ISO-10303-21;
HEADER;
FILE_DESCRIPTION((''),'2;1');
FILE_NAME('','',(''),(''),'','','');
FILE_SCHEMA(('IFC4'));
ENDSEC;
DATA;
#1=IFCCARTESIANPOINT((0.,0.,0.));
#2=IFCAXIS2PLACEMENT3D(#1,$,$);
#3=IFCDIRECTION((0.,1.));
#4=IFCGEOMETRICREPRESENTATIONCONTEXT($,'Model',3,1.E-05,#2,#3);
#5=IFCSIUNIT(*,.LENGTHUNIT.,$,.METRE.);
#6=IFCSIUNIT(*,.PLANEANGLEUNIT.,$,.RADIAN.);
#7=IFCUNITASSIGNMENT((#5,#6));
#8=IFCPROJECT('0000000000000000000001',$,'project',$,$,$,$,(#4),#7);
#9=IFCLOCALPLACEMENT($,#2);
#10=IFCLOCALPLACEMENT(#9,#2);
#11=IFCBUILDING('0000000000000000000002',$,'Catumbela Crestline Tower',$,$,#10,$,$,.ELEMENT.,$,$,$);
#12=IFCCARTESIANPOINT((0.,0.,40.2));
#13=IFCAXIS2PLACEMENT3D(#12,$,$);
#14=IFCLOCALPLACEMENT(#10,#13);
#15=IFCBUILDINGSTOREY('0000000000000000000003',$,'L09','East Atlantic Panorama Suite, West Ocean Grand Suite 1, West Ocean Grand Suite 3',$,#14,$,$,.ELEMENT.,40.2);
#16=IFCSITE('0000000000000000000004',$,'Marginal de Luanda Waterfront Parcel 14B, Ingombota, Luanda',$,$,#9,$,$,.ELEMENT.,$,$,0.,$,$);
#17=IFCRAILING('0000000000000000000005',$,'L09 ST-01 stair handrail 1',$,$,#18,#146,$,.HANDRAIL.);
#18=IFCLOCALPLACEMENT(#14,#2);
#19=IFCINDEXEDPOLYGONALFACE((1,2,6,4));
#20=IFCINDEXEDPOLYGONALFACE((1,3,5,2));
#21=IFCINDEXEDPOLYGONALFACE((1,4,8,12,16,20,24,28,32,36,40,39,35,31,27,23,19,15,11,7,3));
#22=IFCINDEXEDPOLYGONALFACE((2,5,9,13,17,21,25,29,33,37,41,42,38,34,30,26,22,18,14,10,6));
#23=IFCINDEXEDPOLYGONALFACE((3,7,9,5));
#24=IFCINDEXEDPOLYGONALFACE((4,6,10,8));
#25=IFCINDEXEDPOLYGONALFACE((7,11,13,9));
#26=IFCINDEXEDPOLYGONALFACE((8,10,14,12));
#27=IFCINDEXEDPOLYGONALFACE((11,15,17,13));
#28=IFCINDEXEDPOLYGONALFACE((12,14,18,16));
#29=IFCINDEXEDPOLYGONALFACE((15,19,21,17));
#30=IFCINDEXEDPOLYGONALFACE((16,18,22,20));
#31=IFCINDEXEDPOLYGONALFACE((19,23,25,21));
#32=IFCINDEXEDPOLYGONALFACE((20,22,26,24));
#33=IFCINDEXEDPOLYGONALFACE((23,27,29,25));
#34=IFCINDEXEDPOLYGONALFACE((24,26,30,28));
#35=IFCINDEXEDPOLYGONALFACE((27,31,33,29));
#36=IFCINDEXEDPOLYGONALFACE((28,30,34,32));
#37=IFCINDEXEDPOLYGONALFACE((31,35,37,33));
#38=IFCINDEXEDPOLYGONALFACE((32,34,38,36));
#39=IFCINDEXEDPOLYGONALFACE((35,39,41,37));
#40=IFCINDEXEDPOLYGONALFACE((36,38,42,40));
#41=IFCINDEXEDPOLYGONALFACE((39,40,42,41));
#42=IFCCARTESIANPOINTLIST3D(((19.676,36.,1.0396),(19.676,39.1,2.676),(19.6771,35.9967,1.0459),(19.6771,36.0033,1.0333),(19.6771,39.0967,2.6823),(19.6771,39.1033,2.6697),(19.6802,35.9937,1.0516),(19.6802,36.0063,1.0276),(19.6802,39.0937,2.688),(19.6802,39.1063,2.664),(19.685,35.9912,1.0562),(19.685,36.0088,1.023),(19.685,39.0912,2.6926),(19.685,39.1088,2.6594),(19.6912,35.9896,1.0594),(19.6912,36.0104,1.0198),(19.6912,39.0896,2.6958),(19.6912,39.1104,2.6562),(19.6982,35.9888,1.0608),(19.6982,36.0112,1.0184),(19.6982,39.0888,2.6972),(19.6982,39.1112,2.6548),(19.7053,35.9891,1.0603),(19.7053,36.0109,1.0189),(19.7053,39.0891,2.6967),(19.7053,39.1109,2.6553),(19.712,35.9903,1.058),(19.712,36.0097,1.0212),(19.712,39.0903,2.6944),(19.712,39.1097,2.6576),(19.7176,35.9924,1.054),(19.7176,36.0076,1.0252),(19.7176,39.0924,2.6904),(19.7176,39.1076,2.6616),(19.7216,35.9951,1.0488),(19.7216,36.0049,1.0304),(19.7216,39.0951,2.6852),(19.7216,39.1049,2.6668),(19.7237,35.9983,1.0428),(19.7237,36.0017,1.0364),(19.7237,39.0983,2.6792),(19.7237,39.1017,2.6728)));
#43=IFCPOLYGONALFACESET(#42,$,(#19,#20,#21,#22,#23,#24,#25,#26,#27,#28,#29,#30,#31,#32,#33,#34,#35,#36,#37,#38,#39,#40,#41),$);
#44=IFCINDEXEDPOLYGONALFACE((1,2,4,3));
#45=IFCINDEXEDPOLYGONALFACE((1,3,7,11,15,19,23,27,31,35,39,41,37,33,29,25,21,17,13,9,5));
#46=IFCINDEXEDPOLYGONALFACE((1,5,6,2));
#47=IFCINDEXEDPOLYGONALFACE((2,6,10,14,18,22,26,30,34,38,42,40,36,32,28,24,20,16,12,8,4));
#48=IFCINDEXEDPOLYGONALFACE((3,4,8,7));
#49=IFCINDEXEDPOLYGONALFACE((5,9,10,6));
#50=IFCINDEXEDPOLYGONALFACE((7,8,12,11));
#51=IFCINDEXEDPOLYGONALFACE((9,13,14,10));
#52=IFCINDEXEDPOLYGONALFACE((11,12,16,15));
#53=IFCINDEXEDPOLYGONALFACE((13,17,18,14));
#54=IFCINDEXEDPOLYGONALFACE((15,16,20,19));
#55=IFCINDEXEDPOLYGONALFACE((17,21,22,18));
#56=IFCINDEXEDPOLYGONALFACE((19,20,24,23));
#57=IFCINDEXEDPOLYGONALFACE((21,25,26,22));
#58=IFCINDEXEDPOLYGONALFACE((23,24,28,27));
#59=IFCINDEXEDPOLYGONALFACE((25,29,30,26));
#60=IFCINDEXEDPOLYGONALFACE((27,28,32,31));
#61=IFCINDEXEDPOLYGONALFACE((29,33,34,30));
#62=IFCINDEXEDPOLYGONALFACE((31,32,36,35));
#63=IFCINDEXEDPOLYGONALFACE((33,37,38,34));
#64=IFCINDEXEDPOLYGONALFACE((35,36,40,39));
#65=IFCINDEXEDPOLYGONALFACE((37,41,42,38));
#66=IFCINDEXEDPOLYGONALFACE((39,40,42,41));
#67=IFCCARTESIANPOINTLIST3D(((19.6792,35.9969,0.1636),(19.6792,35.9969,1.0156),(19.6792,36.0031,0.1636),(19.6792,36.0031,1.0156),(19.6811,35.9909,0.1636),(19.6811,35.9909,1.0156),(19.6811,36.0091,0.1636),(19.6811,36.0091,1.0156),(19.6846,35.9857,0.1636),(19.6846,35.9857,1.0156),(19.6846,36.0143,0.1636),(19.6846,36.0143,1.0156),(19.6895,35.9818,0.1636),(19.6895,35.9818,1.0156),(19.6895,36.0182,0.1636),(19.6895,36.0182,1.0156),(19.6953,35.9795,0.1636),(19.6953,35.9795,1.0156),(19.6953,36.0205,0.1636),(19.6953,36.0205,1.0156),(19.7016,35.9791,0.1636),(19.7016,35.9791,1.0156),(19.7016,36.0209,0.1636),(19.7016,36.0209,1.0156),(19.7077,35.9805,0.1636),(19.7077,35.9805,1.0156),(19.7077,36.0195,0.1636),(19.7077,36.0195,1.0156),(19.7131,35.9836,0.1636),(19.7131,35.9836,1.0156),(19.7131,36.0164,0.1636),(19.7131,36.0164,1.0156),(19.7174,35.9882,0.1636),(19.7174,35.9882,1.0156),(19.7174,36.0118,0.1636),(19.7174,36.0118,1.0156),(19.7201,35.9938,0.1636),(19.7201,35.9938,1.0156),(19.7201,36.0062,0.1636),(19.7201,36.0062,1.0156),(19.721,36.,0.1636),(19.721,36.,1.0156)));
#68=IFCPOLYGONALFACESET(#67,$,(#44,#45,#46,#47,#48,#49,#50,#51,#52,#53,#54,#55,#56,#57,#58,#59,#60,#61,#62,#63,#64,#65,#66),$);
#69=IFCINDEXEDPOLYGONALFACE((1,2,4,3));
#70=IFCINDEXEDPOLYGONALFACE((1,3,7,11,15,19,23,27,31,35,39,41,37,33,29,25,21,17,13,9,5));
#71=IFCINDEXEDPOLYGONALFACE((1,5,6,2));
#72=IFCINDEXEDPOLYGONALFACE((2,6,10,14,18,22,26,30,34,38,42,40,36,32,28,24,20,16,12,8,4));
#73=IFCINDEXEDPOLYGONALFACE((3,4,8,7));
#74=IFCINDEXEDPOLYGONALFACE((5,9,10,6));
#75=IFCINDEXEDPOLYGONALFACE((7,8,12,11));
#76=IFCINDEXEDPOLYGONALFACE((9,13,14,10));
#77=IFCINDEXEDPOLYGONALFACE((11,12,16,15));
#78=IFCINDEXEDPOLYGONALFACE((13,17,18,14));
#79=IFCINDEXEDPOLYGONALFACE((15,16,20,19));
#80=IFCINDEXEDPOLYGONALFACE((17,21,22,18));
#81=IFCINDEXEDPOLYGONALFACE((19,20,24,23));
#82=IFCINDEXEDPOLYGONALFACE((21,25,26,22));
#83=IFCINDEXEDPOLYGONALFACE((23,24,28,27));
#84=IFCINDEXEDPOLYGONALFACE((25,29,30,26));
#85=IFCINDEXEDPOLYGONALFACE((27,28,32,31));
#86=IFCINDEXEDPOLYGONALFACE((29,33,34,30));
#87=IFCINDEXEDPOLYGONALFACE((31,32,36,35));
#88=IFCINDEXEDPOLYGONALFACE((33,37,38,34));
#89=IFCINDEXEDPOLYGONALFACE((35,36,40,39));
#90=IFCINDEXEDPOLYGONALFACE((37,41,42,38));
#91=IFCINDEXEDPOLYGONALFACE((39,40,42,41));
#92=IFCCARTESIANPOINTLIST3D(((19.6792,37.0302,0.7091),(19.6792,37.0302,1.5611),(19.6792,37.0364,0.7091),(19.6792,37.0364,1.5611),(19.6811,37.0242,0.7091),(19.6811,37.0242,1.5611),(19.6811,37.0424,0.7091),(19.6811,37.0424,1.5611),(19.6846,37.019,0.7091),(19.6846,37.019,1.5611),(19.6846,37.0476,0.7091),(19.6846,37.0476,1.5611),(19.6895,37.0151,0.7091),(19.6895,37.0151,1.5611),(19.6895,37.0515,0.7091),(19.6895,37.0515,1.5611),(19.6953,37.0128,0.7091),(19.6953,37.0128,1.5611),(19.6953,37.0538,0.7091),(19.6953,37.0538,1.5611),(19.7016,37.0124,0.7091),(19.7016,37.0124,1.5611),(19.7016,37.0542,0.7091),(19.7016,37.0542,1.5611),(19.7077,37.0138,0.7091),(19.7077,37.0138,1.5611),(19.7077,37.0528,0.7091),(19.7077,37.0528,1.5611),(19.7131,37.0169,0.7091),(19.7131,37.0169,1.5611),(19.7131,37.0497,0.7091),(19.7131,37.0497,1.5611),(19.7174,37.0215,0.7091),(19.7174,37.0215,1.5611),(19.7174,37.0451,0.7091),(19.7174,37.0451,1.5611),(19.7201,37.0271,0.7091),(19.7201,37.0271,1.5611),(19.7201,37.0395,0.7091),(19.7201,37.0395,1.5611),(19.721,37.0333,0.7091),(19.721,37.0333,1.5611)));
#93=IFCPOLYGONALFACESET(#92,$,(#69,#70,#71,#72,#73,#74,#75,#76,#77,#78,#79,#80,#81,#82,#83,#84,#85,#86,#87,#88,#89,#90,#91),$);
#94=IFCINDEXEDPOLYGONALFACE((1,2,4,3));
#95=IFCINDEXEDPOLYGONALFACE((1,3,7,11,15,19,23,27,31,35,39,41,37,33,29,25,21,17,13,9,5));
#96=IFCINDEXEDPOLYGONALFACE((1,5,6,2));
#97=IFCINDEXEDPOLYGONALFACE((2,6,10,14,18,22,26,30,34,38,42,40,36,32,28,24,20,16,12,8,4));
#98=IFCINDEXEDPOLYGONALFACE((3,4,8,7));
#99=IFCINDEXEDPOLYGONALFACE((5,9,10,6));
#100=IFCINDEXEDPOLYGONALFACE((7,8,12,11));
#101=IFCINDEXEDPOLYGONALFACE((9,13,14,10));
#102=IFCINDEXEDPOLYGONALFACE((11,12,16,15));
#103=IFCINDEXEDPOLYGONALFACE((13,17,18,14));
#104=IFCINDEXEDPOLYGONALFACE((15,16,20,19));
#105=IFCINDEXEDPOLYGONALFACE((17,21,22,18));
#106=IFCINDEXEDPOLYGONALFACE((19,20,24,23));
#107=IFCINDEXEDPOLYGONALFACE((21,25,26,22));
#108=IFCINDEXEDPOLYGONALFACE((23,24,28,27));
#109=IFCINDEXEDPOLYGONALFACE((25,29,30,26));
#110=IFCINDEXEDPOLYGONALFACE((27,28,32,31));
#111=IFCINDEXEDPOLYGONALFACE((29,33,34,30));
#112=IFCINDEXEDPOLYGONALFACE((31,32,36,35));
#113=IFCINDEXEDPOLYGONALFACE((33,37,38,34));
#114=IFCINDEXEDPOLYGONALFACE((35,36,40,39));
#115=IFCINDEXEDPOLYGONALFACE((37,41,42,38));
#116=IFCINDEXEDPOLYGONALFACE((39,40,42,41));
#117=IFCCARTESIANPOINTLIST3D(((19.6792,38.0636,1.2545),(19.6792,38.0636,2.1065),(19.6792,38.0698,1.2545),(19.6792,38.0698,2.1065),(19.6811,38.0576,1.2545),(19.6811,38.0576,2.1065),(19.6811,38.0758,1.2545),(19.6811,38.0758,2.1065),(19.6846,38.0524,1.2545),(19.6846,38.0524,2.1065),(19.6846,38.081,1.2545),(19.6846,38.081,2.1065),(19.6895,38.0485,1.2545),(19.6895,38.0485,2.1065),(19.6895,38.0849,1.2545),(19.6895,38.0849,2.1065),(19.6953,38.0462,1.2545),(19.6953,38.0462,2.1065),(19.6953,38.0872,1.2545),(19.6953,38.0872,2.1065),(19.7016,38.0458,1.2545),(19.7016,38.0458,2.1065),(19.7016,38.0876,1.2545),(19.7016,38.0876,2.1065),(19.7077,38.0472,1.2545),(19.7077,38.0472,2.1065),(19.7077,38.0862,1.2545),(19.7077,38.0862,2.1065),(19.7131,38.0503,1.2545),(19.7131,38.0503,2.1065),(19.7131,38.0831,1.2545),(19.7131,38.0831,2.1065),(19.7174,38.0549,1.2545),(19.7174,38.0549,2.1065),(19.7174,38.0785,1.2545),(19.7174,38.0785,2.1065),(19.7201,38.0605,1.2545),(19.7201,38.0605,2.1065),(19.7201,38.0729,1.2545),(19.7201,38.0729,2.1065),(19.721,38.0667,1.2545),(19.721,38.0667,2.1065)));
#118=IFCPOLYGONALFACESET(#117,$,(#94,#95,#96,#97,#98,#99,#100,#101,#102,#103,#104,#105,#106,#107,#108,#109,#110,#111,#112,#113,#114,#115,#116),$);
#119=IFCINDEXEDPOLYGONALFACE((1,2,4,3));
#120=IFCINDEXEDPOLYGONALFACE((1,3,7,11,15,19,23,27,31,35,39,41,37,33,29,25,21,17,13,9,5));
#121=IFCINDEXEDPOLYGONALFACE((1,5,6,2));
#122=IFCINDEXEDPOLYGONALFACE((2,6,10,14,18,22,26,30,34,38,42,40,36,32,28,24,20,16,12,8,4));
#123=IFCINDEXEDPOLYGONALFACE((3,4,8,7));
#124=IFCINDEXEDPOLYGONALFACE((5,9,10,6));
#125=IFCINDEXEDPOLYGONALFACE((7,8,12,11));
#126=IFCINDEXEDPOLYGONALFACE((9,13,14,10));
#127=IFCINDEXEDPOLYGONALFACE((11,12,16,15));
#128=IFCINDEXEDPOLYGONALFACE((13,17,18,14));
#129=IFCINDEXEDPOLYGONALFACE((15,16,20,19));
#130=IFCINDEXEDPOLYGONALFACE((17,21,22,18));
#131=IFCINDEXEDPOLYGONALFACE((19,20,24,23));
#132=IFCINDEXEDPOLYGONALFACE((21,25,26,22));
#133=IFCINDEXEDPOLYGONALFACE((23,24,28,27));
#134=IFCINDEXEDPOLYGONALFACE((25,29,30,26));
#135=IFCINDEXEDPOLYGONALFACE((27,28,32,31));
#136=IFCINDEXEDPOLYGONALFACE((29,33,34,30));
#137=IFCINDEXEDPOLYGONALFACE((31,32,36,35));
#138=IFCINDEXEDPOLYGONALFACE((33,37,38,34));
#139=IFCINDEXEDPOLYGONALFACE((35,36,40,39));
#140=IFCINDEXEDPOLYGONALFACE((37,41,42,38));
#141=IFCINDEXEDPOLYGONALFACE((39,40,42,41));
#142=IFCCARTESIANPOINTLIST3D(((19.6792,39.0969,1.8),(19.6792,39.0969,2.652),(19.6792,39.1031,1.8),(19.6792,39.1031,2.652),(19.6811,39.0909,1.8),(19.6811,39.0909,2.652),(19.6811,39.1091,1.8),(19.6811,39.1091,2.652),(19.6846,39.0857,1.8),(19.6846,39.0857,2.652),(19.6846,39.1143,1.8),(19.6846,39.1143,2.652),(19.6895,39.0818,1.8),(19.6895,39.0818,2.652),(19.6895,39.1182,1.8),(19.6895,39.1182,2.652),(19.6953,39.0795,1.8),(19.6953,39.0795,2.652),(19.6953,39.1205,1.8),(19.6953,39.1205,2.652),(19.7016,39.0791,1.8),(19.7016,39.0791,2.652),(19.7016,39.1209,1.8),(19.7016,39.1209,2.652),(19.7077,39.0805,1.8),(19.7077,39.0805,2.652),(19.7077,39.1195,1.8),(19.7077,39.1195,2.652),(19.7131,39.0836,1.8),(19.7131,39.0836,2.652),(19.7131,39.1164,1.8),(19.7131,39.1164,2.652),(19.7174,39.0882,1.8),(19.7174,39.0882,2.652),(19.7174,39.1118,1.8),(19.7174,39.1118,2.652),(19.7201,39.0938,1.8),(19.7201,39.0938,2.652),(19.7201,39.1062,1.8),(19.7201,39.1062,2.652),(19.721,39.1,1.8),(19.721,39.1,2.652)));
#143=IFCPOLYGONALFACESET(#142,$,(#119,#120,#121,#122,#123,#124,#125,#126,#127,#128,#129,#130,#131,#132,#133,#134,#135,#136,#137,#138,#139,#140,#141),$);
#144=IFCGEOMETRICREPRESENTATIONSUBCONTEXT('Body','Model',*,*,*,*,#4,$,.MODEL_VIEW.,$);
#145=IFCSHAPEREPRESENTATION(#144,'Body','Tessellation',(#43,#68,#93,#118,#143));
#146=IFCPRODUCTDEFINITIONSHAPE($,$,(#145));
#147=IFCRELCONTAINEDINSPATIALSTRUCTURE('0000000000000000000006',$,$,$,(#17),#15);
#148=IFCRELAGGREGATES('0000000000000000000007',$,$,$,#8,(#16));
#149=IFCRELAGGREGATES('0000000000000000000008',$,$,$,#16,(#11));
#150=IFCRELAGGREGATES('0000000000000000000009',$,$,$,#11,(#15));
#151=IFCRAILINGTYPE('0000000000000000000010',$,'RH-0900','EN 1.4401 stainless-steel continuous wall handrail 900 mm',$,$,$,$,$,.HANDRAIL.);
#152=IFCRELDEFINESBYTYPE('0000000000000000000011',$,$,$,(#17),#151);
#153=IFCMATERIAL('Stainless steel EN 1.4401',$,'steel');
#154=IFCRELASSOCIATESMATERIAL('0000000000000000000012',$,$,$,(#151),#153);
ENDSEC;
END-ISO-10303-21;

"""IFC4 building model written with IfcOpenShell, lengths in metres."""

from ifc_helpers import new_model, si_unit, direction, frame, origin, origin_2d, place, context, subcontext, project, spatial, circle, extrude, material, type_object, element, save


model = new_model("IFC4")

# Units and contexts
model_context = context("Model", 3, precision=1e-05, world=origin(), true_north=direction((0.0, 1.0)))
body_context = subcontext(model_context, "Body", "Model", "MODEL_VIEW")
ifc_project = project(units=[si_unit("LENGTHUNIT", "METRE"), si_unit("PLANEANGLEUNIT", "RADIAN")], contexts=[model_context])

# Site, building, storey
site_placement = place(None, origin())
site = spatial("IfcSite", under=ifc_project, at=site_placement, Name="Marginal de Luanda Waterfront Parcel 14B, Ingombota, Luanda", CompositionType="ELEMENT", RefElevation=0.0)
building_placement = place(site_placement, origin())
building = spatial("IfcBuilding", under=site, at=building_placement, Name="Catumbela Crestline Tower", CompositionType="ELEMENT")
storey_placement = place(building_placement, frame((0.0, 0.0, 40.2)))
storey = spatial("IfcBuildingStorey", under=building, at=storey_placement, Name="L09", Description="East Atlantic Panorama Suite, West Ocean Grand Suite 1, West Ocean Grand Suite 3", CompositionType="ELEMENT", Elevation=40.2)

# Shared definitions
ifc_material_1 = material(Name="Stainless steel EN 1.4401", Category="steel")

# Railing
railing_type_1 = type_object("IfcRailingType", Name="RH-0900", Description="EN 1.4401 stainless-steel continuous wall handrail 900 mm", PredefinedType="HANDRAIL", material=ifc_material_1)
railing_1_placement = place(storey_placement, frame((19.7, 36.0, 0.1636)))
element("IfcRailing", 1, at=railing_1_placement, inside=storey, type_object=railing_type_1, Name="L09 ST-01 stair handrail 1", PredefinedType="HANDRAIL", context=body_context, shape_type="SweptSolid", body=[
    extrude(circle(Radius=0.024, at=origin_2d()), frame((0.0, 0.0, 0.876), z_axis=(0.0, 0.884351, 0.466823), x_axis=(-1.0, 0.0, 0.0)), (0.0, 0.0, 1.0), 3.5054),
    extrude(circle(Radius=0.021, at=origin_2d()), origin(), (0.0, 0.0, 1.0), 0.852),
    extrude(circle(Radius=0.021, at=origin_2d()), frame((0.0, 1.0333, 0.5455)), (0.0, 0.0, 1.0), 0.852),
    extrude(circle(Radius=0.021, at=origin_2d()), frame((0.0, 2.0667, 1.0909)), (0.0, 0.0, 1.0), 0.852),
    extrude(circle(Radius=0.021, at=origin_2d()), frame((0.0, 3.1, 1.6364)), (0.0, 0.0, 1.0), 0.852),
])

save(model, "model.ifc")
